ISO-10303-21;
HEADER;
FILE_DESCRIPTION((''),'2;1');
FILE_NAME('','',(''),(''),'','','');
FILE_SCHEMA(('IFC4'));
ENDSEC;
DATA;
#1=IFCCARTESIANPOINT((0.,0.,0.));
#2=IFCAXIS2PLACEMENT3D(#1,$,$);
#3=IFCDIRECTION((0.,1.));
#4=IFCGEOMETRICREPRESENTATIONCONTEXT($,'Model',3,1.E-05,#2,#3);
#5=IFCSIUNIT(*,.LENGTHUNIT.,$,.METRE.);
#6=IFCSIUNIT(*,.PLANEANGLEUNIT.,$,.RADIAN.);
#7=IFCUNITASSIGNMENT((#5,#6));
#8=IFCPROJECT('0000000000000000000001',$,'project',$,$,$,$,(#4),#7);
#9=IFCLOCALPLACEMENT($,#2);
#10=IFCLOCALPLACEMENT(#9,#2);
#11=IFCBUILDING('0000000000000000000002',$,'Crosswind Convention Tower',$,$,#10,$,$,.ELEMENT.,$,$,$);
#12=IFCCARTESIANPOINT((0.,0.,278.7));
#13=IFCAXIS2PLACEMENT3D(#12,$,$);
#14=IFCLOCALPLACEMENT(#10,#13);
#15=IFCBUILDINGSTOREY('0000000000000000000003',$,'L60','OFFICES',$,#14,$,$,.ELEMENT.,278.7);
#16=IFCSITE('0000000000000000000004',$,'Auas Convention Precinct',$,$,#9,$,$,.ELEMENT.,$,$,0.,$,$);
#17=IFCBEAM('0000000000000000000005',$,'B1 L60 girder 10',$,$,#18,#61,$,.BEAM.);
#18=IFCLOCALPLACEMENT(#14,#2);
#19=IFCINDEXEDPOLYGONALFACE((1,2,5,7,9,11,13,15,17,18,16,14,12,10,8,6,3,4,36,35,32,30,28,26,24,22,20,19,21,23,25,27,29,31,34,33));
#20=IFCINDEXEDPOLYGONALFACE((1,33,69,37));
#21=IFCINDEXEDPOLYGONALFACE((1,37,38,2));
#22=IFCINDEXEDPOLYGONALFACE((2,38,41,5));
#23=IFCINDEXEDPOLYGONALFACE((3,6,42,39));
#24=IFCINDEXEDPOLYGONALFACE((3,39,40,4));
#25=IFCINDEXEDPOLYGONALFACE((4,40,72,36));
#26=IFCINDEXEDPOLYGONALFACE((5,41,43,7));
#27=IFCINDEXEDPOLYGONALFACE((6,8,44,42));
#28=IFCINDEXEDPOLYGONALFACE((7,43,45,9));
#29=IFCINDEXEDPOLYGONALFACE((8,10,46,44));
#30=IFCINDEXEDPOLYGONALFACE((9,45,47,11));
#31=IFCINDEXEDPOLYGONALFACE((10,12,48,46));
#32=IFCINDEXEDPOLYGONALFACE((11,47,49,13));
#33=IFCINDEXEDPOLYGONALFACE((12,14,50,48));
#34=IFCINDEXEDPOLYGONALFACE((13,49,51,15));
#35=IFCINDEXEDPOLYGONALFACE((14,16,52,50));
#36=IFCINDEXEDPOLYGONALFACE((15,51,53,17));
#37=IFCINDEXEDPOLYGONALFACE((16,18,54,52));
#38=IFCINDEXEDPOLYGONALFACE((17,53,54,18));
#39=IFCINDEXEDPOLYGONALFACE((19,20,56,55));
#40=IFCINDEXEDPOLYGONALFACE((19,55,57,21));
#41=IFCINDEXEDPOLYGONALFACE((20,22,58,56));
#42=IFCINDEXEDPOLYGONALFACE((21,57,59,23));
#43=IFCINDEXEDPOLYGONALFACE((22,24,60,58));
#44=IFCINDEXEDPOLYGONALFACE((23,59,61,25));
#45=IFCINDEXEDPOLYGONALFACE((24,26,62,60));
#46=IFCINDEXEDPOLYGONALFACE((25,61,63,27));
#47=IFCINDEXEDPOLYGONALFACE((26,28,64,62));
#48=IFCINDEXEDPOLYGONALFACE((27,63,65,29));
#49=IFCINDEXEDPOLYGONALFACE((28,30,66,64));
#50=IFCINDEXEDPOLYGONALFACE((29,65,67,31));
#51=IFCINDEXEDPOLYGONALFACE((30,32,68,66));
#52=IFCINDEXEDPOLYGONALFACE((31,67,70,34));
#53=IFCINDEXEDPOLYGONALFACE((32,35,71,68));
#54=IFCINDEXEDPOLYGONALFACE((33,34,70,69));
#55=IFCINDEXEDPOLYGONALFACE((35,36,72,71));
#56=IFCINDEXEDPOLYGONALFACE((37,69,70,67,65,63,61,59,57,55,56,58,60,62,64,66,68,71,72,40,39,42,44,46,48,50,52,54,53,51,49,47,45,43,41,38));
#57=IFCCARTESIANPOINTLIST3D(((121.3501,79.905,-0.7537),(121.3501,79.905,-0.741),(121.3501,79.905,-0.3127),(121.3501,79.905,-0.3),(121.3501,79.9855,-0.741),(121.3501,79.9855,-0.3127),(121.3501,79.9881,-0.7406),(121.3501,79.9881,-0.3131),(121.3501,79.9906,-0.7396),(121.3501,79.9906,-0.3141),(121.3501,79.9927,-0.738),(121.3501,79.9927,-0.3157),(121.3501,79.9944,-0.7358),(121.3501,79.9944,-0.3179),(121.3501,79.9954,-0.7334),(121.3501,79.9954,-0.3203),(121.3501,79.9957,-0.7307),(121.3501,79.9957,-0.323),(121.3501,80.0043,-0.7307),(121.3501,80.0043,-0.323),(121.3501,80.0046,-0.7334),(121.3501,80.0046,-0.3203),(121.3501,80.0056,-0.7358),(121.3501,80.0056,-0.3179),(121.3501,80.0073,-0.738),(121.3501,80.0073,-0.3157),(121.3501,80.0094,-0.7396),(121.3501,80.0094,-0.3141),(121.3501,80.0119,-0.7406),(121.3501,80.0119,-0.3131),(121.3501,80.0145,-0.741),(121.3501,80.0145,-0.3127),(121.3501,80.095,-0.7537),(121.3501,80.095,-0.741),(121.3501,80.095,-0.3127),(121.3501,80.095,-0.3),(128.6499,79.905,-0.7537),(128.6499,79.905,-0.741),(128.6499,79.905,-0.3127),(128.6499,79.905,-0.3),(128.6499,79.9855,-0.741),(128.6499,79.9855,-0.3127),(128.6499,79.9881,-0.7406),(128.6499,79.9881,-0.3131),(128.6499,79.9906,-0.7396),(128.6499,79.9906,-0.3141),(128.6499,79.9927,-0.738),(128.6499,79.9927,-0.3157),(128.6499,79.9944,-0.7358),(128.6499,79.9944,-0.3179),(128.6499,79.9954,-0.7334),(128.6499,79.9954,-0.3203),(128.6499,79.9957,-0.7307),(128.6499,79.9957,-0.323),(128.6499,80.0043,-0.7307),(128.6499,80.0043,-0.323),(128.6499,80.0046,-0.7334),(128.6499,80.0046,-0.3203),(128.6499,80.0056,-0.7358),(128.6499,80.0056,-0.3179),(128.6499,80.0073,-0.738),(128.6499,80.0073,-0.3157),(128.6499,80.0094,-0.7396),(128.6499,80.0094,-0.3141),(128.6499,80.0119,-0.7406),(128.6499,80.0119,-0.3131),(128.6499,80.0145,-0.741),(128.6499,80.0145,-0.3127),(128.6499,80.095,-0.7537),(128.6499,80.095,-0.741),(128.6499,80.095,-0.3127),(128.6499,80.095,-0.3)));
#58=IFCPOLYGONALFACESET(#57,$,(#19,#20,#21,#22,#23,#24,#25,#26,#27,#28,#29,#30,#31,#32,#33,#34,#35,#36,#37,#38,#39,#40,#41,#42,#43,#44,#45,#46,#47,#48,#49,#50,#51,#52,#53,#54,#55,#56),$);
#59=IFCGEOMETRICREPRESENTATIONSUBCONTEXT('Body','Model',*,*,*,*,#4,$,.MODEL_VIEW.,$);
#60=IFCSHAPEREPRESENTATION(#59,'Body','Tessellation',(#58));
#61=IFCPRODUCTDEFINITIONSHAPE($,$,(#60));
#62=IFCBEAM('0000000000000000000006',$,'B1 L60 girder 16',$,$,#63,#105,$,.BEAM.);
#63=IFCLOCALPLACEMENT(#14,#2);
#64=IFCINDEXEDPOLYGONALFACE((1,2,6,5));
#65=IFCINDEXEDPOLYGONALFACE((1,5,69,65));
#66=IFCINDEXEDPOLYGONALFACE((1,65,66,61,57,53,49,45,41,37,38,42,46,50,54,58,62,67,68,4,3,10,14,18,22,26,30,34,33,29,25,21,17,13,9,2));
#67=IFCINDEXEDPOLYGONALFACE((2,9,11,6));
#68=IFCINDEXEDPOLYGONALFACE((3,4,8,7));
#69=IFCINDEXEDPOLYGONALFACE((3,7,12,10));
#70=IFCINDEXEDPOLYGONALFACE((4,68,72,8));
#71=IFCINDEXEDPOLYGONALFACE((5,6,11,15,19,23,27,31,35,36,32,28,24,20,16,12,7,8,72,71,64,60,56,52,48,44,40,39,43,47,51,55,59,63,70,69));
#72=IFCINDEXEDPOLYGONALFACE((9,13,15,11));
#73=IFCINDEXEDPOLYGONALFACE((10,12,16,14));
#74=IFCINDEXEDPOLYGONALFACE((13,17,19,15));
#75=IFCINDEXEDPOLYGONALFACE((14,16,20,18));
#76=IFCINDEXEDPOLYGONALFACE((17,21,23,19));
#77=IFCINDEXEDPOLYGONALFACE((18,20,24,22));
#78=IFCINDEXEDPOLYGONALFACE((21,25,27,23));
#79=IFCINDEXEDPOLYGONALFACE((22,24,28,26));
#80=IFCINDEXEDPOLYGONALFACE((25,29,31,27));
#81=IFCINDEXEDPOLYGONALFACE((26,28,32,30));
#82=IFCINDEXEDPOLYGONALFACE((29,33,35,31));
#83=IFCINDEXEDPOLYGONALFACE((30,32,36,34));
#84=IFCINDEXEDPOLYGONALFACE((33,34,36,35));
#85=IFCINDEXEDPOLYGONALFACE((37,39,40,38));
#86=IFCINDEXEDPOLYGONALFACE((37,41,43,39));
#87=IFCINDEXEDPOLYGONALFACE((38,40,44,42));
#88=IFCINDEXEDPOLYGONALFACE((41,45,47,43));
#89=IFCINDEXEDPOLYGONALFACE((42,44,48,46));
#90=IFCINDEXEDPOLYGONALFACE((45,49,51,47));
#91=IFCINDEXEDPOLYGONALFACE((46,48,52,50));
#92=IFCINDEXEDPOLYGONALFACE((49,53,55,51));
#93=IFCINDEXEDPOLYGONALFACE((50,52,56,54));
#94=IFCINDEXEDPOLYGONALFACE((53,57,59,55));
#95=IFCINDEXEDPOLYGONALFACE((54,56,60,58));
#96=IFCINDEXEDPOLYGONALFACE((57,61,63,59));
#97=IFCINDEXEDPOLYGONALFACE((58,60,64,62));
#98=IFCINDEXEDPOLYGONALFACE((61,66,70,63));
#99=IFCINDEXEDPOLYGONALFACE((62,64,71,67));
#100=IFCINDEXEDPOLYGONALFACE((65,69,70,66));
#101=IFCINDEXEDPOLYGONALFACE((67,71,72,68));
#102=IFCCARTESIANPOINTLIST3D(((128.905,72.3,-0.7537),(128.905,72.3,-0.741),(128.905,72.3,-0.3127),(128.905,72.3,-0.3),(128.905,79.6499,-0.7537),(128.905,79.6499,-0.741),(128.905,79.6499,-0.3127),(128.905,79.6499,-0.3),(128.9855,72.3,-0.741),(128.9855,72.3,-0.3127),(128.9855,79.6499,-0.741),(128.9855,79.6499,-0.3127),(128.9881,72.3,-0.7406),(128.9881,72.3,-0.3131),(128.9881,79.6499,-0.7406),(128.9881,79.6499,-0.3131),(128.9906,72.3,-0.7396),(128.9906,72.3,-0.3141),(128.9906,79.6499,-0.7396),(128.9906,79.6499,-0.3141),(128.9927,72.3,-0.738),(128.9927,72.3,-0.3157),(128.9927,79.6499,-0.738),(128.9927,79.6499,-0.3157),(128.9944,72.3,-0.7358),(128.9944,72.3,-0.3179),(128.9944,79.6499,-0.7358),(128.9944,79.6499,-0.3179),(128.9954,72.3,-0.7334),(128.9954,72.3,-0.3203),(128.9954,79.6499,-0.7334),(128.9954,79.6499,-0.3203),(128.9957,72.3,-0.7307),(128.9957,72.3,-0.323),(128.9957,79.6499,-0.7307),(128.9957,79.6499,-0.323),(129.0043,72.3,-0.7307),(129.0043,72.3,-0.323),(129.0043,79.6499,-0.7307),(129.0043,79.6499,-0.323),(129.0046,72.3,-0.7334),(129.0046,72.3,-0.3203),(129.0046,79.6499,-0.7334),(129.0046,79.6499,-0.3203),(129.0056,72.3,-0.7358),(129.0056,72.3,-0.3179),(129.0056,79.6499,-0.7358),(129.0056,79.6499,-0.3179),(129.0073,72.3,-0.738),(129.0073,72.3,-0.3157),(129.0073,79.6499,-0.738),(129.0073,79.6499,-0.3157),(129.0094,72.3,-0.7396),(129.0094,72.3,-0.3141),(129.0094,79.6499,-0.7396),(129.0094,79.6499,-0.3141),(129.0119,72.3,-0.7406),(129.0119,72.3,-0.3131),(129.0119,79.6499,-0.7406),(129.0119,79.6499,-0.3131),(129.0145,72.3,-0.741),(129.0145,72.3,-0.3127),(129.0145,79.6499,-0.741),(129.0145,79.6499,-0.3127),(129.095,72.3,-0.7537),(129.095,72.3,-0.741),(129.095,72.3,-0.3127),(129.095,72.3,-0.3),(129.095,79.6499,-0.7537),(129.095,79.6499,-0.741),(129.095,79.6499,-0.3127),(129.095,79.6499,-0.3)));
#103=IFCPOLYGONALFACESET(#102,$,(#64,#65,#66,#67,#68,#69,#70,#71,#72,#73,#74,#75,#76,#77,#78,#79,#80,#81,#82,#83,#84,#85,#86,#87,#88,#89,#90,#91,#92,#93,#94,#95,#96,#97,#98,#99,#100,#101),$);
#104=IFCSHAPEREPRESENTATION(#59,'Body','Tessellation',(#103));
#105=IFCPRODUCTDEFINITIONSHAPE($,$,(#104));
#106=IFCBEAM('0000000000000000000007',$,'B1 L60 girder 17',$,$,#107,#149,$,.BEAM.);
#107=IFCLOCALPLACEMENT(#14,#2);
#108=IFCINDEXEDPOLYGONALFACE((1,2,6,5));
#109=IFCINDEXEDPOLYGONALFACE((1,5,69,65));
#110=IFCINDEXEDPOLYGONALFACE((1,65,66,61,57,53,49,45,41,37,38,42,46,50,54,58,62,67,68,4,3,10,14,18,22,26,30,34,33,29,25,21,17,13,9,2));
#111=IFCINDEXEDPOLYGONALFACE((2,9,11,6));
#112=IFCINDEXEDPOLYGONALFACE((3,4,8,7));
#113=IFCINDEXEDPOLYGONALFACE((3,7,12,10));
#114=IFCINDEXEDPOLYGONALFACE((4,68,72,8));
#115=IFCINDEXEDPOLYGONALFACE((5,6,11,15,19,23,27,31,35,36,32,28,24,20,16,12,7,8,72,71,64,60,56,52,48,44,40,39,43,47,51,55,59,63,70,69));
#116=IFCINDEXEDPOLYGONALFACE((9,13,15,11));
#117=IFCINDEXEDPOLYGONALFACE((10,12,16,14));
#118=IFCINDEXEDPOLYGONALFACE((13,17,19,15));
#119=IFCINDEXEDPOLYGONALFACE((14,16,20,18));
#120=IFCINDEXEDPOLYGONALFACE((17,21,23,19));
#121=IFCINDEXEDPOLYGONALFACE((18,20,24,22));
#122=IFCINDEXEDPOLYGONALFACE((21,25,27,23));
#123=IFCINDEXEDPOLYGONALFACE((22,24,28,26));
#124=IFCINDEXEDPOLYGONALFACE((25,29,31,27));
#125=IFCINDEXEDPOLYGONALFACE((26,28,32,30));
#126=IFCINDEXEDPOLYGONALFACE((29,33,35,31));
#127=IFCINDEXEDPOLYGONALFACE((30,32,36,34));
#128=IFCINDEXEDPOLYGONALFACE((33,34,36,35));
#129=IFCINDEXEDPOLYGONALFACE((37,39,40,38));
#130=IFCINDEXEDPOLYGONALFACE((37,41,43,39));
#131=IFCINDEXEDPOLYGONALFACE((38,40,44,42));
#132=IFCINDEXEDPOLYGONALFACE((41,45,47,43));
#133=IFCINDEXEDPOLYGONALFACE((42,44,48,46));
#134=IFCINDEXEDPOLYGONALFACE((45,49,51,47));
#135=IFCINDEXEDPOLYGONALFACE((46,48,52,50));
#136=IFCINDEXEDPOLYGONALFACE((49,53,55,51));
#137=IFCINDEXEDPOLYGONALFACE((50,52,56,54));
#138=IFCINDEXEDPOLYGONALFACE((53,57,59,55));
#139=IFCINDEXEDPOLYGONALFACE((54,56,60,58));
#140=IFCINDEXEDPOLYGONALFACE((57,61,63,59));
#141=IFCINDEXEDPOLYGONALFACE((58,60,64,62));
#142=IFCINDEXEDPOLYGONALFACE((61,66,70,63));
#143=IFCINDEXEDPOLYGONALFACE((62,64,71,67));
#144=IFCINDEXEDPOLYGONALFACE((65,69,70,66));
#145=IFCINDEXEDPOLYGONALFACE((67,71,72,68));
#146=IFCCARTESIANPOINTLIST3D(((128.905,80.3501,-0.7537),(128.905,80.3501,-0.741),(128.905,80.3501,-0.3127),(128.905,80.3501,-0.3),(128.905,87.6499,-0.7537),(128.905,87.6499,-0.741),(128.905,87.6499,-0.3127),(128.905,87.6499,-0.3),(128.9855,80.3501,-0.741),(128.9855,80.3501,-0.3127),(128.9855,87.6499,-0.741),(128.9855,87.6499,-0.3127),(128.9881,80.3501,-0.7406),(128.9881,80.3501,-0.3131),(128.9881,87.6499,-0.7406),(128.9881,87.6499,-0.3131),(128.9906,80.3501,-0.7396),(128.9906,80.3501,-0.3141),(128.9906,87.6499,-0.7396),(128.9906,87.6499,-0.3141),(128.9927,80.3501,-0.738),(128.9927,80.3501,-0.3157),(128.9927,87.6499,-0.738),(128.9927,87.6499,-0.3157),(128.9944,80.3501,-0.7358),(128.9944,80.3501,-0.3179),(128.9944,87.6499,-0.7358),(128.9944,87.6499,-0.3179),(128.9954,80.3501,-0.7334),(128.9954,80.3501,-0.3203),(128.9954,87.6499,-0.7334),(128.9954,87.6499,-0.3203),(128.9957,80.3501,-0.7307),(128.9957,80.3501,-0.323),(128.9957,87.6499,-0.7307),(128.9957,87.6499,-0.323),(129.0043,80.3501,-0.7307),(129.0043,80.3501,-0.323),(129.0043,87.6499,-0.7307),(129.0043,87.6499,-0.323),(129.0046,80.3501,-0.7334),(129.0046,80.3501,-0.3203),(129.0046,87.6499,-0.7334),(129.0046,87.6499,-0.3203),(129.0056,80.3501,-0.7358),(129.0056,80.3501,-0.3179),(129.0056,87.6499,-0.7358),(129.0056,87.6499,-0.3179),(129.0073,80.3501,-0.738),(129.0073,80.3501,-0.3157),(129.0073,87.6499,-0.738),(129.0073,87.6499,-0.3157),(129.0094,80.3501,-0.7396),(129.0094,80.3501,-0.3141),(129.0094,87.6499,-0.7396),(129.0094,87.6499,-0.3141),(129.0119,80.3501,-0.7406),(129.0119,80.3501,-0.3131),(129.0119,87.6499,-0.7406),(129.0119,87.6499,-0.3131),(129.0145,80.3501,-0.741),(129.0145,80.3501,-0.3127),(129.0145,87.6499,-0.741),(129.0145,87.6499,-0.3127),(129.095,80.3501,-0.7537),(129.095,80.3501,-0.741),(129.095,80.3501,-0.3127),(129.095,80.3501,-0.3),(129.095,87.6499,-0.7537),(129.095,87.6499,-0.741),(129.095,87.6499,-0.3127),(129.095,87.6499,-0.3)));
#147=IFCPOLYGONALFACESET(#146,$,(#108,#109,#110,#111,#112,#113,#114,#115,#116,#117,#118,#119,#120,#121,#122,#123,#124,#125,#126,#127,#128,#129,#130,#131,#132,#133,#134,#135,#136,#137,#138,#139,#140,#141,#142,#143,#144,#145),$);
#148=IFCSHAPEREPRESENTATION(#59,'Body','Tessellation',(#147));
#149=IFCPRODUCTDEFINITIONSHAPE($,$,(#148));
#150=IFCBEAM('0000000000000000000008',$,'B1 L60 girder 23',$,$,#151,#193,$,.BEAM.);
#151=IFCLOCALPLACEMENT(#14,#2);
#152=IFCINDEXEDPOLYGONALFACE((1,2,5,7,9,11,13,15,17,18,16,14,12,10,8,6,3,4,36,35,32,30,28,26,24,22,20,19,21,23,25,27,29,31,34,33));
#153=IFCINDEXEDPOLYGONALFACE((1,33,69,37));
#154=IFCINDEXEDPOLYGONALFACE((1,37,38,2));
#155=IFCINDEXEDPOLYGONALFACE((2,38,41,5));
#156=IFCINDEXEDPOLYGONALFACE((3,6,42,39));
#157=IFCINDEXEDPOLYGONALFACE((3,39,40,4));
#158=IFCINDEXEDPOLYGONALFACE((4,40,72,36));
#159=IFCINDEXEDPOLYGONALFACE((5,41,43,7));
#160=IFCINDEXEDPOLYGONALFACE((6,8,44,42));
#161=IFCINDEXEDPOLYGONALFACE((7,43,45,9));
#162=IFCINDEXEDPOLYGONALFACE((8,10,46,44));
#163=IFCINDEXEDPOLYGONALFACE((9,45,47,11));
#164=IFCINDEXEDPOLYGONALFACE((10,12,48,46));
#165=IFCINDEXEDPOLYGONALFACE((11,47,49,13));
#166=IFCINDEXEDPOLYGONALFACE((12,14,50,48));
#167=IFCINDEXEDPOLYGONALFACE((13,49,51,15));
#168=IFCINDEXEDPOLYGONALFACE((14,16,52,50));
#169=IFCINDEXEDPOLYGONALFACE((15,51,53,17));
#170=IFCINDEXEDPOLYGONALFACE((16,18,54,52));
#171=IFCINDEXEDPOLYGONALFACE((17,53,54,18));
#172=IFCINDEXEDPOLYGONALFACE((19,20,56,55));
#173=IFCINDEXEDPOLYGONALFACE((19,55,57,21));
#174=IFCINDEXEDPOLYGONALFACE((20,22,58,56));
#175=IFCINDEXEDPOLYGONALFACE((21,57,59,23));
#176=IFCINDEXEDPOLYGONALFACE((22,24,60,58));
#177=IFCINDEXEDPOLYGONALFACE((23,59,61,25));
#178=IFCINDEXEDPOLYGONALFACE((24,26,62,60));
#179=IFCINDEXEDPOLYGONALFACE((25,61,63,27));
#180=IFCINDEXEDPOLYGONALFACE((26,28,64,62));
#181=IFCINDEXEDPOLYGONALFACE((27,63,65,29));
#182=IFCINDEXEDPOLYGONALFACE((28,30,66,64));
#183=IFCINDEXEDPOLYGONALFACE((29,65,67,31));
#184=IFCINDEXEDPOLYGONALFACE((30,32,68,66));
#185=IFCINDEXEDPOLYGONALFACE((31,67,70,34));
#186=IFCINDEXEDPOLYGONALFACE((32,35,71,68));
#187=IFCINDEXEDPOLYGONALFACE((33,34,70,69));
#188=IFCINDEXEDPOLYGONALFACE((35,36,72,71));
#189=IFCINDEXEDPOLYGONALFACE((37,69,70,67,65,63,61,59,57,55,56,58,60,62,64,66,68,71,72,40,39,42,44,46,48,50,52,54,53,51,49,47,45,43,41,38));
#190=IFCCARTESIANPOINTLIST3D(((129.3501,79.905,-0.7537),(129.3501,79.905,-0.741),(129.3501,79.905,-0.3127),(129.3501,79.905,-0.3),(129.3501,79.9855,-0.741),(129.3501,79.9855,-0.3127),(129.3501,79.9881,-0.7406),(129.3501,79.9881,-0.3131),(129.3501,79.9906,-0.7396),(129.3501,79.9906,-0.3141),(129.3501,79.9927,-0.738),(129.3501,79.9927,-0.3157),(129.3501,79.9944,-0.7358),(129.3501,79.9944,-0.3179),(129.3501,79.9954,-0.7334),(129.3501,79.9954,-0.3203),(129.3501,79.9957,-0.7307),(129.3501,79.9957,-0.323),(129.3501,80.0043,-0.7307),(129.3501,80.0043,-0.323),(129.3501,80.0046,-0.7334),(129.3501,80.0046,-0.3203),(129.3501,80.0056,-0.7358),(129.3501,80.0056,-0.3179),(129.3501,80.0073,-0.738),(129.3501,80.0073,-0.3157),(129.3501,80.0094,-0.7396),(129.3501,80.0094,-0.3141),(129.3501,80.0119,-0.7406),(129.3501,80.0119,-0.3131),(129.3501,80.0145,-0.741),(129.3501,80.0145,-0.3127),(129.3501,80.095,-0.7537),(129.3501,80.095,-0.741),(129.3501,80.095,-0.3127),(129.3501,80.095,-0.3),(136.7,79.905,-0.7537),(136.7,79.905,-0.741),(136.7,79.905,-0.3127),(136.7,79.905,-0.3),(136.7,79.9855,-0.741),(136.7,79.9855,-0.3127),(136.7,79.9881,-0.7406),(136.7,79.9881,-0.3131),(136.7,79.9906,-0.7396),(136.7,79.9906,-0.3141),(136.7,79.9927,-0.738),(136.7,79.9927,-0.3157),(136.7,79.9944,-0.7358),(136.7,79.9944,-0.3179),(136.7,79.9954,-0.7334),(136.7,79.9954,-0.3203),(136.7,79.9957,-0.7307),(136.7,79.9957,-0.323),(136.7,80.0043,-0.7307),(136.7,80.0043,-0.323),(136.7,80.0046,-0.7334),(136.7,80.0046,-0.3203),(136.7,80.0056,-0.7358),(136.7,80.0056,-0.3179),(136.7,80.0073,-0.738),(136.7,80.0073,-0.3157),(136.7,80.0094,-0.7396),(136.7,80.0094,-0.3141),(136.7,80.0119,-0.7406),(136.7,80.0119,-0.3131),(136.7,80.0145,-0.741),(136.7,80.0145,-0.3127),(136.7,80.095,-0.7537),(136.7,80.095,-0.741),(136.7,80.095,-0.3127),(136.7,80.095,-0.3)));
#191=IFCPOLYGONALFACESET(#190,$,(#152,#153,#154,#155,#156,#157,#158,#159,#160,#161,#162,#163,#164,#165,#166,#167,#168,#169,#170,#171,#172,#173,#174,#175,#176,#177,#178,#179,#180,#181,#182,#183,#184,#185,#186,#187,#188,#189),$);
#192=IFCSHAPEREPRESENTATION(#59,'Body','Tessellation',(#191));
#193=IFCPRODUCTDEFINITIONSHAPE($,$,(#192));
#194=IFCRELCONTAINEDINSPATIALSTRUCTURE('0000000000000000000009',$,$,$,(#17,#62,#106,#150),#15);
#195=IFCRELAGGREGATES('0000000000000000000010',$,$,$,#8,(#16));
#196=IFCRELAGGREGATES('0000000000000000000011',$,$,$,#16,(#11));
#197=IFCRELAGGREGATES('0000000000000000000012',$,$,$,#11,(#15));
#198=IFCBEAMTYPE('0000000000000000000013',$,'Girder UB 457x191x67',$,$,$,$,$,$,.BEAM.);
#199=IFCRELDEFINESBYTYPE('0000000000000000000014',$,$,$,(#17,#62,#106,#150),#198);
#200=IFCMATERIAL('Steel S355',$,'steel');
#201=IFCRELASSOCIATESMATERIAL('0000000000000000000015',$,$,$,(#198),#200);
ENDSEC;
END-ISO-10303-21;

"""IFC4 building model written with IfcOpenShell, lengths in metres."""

from ifc_helpers import new_model, si_unit, direction, frame, origin, origin_2d, place, context, subcontext, project, spatial, i_section, extrude, material, material_profile, profile_set, type_object, element, save


model = new_model("IFC4")

# Units and contexts
model_context = context("Model", 3, precision=1e-05, world=origin(), true_north=direction((0.0, 1.0)))
body_context = subcontext(model_context, "Body", "Model", "MODEL_VIEW")
ifc_project = project(units=[si_unit("LENGTHUNIT", "METRE"), si_unit("PLANEANGLEUNIT", "RADIAN")], contexts=[model_context])

# Site, building, storey
site_placement = place(None, origin())
site = spatial("IfcSite", under=ifc_project, at=site_placement, Name="Auas Convention Precinct", CompositionType="ELEMENT", RefElevation=0.0)
building_placement = place(site_placement, origin())
building = spatial("IfcBuilding", under=site, at=building_placement, Name="Crosswind Convention Tower", CompositionType="ELEMENT")
storey_placement = place(building_placement, frame((0.0, 0.0, 278.7)))
storey = spatial("IfcBuildingStorey", under=building, at=storey_placement, Name="L60", Description="OFFICES", CompositionType="ELEMENT", Elevation=278.7)

# Beams
ifc_material_1 = material(Name="Steel S355", Category="steel")
ifc_material_profile_1 = material_profile(ifc_material_1, i_section(OverallWidth=0.1899, OverallDepth=0.4536, WebThickness=0.0085, FlangeThickness=0.0127, FilletRadius=0.0103, at=origin_2d()), Name="UB 457x191x67")
ifc_profile_set_1 = profile_set([ifc_material_profile_1], Name="Steel S355")
beam_type_1 = type_object("IfcBeamType", Name="Girder UB 457x191x67", PredefinedType="BEAM", material=ifc_profile_set_1)
beam_1_placement = place(storey_placement, frame((121.3501, 80.0, -0.5269), z_axis=(1.0, 0.0, 0.0), x_axis=(0.0, 1.0, 0.0)))
element("IfcBeam", 1, at=beam_1_placement, inside=storey, type_object=beam_type_1, Name="B1 L60 girder 10", PredefinedType="BEAM", context=body_context, shape_type="SweptSolid", body=[
    extrude(i_section(OverallWidth=0.1899, OverallDepth=0.4536, WebThickness=0.0085, FlangeThickness=0.0127, FilletRadius=0.0103, at=origin_2d()), origin(), (0.0, 0.0, 1.0), 7.2998),
])
beam_2_placement = place(storey_placement, frame((129.0, 72.3, -0.5269), z_axis=(0.0, 1.0, 0.0), x_axis=(-1.0, 0.0, 0.0)))
element("IfcBeam", 2, at=beam_2_placement, inside=storey, type_object=beam_type_1, Name="B1 L60 girder 16", PredefinedType="BEAM", context=body_context, shape_type="SweptSolid", body=[
    extrude(i_section(OverallWidth=0.1899, OverallDepth=0.4536, WebThickness=0.0085, FlangeThickness=0.0127, FilletRadius=0.0103, at=origin_2d()), origin(), (0.0, 0.0, 1.0), 7.3499),
])
beam_3_placement = place(storey_placement, frame((129.0, 80.3501, -0.5269), z_axis=(0.0, 1.0, 0.0), x_axis=(-1.0, 0.0, 0.0)))
element("IfcBeam", 3, at=beam_3_placement, inside=storey, type_object=beam_type_1, Name="B1 L60 girder 17", PredefinedType="BEAM", context=body_context, shape_type="SweptSolid", body=[
    extrude(i_section(OverallWidth=0.1899, OverallDepth=0.4536, WebThickness=0.0085, FlangeThickness=0.0127, FilletRadius=0.0103, at=origin_2d()), origin(), (0.0, 0.0, 1.0), 7.2998),
])
beam_4_placement = place(storey_placement, frame((129.3501, 80.0, -0.5269), z_axis=(1.0, 0.0, 0.0), x_axis=(0.0, 1.0, 0.0)))
element("IfcBeam", 4, at=beam_4_placement, inside=storey, type_object=beam_type_1, Name="B1 L60 girder 23", PredefinedType="BEAM", context=body_context, shape_type="SweptSolid", body=[
    extrude(i_section(OverallWidth=0.1899, OverallDepth=0.4536, WebThickness=0.0085, FlangeThickness=0.0127, FilletRadius=0.0103, at=origin_2d()), origin(), (0.0, 0.0, 1.0), 7.3499),
])

save(model, "model.ifc")
